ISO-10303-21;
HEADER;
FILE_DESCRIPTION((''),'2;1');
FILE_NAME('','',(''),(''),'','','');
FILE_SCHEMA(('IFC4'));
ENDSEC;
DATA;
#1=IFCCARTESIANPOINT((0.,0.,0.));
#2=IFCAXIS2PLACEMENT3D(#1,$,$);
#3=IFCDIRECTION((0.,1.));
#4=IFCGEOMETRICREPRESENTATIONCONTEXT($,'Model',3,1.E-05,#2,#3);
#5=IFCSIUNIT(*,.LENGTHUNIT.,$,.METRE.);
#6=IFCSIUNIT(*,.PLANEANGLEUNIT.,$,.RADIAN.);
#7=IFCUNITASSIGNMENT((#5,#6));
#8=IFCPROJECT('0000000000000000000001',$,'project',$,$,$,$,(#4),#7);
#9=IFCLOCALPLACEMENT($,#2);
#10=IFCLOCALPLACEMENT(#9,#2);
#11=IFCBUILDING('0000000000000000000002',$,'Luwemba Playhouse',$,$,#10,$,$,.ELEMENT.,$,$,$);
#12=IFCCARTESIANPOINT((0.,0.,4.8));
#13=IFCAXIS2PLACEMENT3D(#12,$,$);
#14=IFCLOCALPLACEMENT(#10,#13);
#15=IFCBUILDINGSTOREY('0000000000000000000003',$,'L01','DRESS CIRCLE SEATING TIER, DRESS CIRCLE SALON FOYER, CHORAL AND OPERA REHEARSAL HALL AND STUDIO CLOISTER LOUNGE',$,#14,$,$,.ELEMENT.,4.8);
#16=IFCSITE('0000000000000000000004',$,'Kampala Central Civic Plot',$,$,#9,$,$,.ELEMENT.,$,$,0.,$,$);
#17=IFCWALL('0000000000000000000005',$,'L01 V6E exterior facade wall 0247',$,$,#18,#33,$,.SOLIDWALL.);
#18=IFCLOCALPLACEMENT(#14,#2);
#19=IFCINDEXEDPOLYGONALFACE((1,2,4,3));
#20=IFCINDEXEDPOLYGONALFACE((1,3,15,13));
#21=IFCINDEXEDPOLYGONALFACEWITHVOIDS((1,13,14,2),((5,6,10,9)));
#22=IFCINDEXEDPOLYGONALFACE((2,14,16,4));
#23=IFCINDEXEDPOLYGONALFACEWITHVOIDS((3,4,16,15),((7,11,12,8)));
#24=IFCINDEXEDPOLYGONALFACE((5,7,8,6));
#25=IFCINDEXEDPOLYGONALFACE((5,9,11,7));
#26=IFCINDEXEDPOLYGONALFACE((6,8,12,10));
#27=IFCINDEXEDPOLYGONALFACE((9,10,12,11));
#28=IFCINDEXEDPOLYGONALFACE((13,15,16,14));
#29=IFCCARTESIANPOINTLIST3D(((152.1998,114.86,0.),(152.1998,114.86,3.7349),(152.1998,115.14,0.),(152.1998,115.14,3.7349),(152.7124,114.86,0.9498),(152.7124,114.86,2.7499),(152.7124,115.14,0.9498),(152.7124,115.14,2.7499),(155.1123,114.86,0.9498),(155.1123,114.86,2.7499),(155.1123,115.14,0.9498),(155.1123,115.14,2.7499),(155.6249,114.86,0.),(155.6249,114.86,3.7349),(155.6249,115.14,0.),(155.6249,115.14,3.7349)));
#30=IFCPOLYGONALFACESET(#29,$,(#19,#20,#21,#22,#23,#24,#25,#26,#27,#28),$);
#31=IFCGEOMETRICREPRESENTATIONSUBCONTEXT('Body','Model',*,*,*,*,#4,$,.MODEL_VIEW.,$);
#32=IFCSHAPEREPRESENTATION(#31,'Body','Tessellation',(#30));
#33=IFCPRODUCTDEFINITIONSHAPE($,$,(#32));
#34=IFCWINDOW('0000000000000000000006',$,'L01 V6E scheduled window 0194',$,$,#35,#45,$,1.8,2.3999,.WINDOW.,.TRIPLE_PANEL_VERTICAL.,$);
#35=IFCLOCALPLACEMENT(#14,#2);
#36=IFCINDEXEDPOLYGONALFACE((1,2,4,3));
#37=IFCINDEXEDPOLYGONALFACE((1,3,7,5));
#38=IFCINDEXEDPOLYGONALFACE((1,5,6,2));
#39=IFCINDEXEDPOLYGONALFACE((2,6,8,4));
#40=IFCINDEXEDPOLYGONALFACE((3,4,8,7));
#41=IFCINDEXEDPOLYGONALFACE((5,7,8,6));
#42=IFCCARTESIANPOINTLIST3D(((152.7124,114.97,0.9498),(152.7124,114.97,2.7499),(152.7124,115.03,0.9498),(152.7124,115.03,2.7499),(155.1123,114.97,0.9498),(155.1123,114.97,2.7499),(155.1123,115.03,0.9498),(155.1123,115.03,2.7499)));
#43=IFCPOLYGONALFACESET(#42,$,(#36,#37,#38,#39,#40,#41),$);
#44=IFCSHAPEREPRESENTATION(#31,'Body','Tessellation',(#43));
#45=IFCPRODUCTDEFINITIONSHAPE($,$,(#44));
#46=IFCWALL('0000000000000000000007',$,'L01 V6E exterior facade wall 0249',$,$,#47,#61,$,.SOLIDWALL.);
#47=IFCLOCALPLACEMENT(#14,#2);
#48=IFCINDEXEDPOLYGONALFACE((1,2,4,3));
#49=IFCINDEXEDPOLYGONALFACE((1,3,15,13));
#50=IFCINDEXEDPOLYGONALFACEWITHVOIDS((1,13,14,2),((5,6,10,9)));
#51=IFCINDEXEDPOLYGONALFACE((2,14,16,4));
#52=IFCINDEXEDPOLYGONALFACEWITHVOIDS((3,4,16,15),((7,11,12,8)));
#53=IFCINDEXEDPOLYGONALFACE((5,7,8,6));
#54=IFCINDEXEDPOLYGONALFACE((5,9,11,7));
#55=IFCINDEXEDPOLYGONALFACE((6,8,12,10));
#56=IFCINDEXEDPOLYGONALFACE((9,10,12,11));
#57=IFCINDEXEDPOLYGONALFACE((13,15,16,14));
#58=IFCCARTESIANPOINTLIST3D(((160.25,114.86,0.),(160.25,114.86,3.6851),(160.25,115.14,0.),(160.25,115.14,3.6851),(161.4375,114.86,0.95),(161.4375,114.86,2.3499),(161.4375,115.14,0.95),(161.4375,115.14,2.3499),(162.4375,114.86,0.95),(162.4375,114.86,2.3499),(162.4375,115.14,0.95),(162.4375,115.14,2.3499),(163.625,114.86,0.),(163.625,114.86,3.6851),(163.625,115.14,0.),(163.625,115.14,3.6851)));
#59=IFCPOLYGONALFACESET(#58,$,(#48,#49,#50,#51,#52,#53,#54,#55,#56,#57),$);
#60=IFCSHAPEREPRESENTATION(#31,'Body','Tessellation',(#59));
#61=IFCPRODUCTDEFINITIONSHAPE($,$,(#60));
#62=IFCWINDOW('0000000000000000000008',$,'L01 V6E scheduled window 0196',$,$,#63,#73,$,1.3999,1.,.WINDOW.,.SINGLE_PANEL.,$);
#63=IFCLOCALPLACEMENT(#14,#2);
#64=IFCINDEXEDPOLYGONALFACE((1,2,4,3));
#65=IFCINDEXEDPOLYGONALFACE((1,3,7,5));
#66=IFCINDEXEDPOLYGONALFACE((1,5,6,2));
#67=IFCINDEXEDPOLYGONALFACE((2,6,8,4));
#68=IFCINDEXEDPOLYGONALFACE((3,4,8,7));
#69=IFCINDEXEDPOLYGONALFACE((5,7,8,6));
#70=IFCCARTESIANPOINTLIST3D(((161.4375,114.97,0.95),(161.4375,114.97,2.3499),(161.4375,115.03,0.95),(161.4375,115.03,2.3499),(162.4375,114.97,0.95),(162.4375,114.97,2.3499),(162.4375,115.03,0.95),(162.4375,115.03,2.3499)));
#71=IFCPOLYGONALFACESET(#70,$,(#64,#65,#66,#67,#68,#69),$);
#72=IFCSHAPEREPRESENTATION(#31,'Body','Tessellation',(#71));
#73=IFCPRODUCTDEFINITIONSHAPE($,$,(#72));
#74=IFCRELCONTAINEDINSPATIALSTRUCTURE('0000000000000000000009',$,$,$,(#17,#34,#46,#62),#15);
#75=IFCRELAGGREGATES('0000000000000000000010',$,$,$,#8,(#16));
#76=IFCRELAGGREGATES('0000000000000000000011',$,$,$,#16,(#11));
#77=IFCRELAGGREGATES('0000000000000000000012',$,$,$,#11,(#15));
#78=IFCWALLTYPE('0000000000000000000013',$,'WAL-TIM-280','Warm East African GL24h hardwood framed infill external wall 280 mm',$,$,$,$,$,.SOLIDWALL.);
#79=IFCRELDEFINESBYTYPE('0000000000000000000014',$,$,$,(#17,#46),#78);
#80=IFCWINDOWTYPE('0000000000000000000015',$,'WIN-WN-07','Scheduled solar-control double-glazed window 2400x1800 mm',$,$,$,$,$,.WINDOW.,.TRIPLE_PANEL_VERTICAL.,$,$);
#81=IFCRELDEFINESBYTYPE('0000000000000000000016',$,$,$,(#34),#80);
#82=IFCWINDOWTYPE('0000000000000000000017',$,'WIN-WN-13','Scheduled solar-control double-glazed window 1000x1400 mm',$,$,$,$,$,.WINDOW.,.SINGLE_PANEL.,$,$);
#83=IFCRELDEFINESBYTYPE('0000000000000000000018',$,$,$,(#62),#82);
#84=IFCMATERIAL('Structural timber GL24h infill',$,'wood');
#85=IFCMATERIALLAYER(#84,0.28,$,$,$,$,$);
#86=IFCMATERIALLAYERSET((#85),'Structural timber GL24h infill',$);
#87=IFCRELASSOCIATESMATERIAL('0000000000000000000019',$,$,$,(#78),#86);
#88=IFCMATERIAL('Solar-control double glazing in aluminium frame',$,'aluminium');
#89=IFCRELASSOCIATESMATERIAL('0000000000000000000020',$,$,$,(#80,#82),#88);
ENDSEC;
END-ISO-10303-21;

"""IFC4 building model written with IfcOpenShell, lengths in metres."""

from ifc_helpers import new_model, si_unit, direction, frame, frame_2d, origin, place, context, subcontext, project, spatial, rectangle, extrude, material, layer, layer_set, type_object, element, fill, save


model = new_model("IFC4")

# Units and contexts
model_context = context("Model", 3, precision=1e-05, world=origin(), true_north=direction((0.0, 1.0)))
body_context = subcontext(model_context, "Body", "Model", "MODEL_VIEW")
ifc_project = project(units=[si_unit("LENGTHUNIT", "METRE"), si_unit("PLANEANGLEUNIT", "RADIAN")], contexts=[model_context])

# Site, building, storey
site_placement = place(None, origin())
site = spatial("IfcSite", under=ifc_project, at=site_placement, Name="Kampala Central Civic Plot", CompositionType="ELEMENT", RefElevation=0.0)
building_placement = place(site_placement, origin())
building = spatial("IfcBuilding", under=site, at=building_placement, Name="Luwemba Playhouse", CompositionType="ELEMENT")
storey_placement = place(building_placement, frame((0.0, 0.0, 4.8)))
storey = spatial("IfcBuildingStorey", under=building, at=storey_placement, Name="L01", Description="DRESS CIRCLE SEATING TIER, DRESS CIRCLE SALON FOYER, CHORAL AND OPERA REHEARSAL HALL AND STUDIO CLOISTER LOUNGE", CompositionType="ELEMENT", Elevation=4.8)

# Shared definitions
ifc_material_1 = material(Name="Solar-control double glazing in aluminium frame", Category="aluminium")

# Walls, openings, windows
ifc_material_2 = material(Name="Structural timber GL24h infill", Category="wood")
ifc_layer_1 = layer(ifc_material_2, 0.28)
ifc_layer_set_1 = layer_set([ifc_layer_1], Name="Structural timber GL24h infill")
wall_type_1 = type_object("IfcWallType", Name="WAL-TIM-280", Description="Warm East African GL24h hardwood framed infill external wall 280 mm", PredefinedType="SOLIDWALL", material=ifc_layer_set_1)
wall_1_placement = place(storey_placement, frame((152.2, 115.0, 0.0), z_axis=(0.0, 0.0, 1.0), x_axis=(1.0, 0.0, 0.0)))
wall_1 = element("IfcWall", 1, at=wall_1_placement, inside=storey, type_object=wall_type_1, Name="L01 V6E exterior facade wall 0247", PredefinedType="SOLIDWALL", context=body_context, shape_type="SweptSolid", body=[
    extrude(rectangle(XDim=3.425, YDim=0.28, at=frame_2d((1.7124, 0.0))), origin(), (0.0, 0.0, 1.0), 3.7349),
])
opening_1_placement = place(wall_1_placement, frame((0.5125, 0.0, 0.95)))
opening_1 = element("IfcOpeningElement", 2, at=opening_1_placement, cuts=wall_1, PredefinedType="OPENING", context=body_context, shape_type="SweptSolid", body=[
    extrude(rectangle(XDim=2.3999, YDim=1.8, at=frame_2d((1.2, 0.8999))), frame((0.0, 0.1499, 0.0), z_axis=(0.0, -1.0, 0.0), x_axis=(1.0, 0.0, 0.0)), (0.0, 0.0, 1.0), 0.3),
])
window_type_1 = type_object("IfcWindowType", Name="WIN-WN-07", Description="Scheduled solar-control double-glazed window 2400x1800 mm", PartitioningType="TRIPLE_PANEL_VERTICAL", PredefinedType="WINDOW", material=ifc_material_1)
window_1_placement = place(opening_1_placement, origin())
window_1 = element("IfcWindow", 3, at=window_1_placement, inside=storey, type_object=window_type_1, Name="L01 V6E scheduled window 0194", OverallHeight=1.8, OverallWidth=2.3999, PartitioningType="TRIPLE_PANEL_VERTICAL", PredefinedType="WINDOW", context=body_context, shape_type="SweptSolid", body=[
    extrude(rectangle(XDim=2.3999, YDim=1.8, at=frame_2d((1.2, 0.8999))), frame((0.0, 0.03, 0.0), z_axis=(0.0, -1.0, 0.0), x_axis=(1.0, 0.0, 0.0)), (0.0, 0.0, 1.0), 0.0601),
])
fill(opening_1, window_1)
wall_2_placement = place(storey_placement, frame((160.25, 115.0, 0.0), z_axis=(0.0, 0.0, 1.0), x_axis=(1.0, 0.0, 0.0)))
wall_2 = element("IfcWall", 4, at=wall_2_placement, inside=storey, type_object=wall_type_1, Name="L01 V6E exterior facade wall 0249", PredefinedType="SOLIDWALL", context=body_context, shape_type="SweptSolid", body=[
    extrude(rectangle(XDim=3.375, YDim=0.28, at=frame_2d((1.6875, 0.0))), origin(), (0.0, 0.0, 1.0), 3.6851),
])
opening_2_placement = place(wall_2_placement, frame((1.1875, 0.0, 0.95)))
opening_2 = element("IfcOpeningElement", 5, at=opening_2_placement, cuts=wall_2, PredefinedType="OPENING", context=body_context, shape_type="SweptSolid", body=[
    extrude(rectangle(XDim=1.0, YDim=1.3999, at=frame_2d((0.5, 0.7))), frame((0.0, 0.1499, 0.0), z_axis=(0.0, -1.0, 0.0), x_axis=(1.0, 0.0, 0.0)), (0.0, 0.0, 1.0), 0.3),
])
window_type_2 = type_object("IfcWindowType", Name="WIN-WN-13", Description="Scheduled solar-control double-glazed window 1000x1400 mm", PartitioningType="SINGLE_PANEL", PredefinedType="WINDOW", material=ifc_material_1)
window_2_placement = place(opening_2_placement, origin())
window_2 = element("IfcWindow", 6, at=window_2_placement, inside=storey, type_object=window_type_2, Name="L01 V6E scheduled window 0196", OverallHeight=1.3999, OverallWidth=1.0, PartitioningType="SINGLE_PANEL", PredefinedType="WINDOW", context=body_context, shape_type="SweptSolid", body=[
    extrude(rectangle(XDim=1.0, YDim=1.3999, at=frame_2d((0.5, 0.7))), frame((0.0, 0.03, 0.0), z_axis=(0.0, -1.0, 0.0), x_axis=(1.0, 0.0, 0.0)), (0.0, 0.0, 1.0), 0.0601),
])
fill(opening_2, window_2)

save(model, "model.ifc")
